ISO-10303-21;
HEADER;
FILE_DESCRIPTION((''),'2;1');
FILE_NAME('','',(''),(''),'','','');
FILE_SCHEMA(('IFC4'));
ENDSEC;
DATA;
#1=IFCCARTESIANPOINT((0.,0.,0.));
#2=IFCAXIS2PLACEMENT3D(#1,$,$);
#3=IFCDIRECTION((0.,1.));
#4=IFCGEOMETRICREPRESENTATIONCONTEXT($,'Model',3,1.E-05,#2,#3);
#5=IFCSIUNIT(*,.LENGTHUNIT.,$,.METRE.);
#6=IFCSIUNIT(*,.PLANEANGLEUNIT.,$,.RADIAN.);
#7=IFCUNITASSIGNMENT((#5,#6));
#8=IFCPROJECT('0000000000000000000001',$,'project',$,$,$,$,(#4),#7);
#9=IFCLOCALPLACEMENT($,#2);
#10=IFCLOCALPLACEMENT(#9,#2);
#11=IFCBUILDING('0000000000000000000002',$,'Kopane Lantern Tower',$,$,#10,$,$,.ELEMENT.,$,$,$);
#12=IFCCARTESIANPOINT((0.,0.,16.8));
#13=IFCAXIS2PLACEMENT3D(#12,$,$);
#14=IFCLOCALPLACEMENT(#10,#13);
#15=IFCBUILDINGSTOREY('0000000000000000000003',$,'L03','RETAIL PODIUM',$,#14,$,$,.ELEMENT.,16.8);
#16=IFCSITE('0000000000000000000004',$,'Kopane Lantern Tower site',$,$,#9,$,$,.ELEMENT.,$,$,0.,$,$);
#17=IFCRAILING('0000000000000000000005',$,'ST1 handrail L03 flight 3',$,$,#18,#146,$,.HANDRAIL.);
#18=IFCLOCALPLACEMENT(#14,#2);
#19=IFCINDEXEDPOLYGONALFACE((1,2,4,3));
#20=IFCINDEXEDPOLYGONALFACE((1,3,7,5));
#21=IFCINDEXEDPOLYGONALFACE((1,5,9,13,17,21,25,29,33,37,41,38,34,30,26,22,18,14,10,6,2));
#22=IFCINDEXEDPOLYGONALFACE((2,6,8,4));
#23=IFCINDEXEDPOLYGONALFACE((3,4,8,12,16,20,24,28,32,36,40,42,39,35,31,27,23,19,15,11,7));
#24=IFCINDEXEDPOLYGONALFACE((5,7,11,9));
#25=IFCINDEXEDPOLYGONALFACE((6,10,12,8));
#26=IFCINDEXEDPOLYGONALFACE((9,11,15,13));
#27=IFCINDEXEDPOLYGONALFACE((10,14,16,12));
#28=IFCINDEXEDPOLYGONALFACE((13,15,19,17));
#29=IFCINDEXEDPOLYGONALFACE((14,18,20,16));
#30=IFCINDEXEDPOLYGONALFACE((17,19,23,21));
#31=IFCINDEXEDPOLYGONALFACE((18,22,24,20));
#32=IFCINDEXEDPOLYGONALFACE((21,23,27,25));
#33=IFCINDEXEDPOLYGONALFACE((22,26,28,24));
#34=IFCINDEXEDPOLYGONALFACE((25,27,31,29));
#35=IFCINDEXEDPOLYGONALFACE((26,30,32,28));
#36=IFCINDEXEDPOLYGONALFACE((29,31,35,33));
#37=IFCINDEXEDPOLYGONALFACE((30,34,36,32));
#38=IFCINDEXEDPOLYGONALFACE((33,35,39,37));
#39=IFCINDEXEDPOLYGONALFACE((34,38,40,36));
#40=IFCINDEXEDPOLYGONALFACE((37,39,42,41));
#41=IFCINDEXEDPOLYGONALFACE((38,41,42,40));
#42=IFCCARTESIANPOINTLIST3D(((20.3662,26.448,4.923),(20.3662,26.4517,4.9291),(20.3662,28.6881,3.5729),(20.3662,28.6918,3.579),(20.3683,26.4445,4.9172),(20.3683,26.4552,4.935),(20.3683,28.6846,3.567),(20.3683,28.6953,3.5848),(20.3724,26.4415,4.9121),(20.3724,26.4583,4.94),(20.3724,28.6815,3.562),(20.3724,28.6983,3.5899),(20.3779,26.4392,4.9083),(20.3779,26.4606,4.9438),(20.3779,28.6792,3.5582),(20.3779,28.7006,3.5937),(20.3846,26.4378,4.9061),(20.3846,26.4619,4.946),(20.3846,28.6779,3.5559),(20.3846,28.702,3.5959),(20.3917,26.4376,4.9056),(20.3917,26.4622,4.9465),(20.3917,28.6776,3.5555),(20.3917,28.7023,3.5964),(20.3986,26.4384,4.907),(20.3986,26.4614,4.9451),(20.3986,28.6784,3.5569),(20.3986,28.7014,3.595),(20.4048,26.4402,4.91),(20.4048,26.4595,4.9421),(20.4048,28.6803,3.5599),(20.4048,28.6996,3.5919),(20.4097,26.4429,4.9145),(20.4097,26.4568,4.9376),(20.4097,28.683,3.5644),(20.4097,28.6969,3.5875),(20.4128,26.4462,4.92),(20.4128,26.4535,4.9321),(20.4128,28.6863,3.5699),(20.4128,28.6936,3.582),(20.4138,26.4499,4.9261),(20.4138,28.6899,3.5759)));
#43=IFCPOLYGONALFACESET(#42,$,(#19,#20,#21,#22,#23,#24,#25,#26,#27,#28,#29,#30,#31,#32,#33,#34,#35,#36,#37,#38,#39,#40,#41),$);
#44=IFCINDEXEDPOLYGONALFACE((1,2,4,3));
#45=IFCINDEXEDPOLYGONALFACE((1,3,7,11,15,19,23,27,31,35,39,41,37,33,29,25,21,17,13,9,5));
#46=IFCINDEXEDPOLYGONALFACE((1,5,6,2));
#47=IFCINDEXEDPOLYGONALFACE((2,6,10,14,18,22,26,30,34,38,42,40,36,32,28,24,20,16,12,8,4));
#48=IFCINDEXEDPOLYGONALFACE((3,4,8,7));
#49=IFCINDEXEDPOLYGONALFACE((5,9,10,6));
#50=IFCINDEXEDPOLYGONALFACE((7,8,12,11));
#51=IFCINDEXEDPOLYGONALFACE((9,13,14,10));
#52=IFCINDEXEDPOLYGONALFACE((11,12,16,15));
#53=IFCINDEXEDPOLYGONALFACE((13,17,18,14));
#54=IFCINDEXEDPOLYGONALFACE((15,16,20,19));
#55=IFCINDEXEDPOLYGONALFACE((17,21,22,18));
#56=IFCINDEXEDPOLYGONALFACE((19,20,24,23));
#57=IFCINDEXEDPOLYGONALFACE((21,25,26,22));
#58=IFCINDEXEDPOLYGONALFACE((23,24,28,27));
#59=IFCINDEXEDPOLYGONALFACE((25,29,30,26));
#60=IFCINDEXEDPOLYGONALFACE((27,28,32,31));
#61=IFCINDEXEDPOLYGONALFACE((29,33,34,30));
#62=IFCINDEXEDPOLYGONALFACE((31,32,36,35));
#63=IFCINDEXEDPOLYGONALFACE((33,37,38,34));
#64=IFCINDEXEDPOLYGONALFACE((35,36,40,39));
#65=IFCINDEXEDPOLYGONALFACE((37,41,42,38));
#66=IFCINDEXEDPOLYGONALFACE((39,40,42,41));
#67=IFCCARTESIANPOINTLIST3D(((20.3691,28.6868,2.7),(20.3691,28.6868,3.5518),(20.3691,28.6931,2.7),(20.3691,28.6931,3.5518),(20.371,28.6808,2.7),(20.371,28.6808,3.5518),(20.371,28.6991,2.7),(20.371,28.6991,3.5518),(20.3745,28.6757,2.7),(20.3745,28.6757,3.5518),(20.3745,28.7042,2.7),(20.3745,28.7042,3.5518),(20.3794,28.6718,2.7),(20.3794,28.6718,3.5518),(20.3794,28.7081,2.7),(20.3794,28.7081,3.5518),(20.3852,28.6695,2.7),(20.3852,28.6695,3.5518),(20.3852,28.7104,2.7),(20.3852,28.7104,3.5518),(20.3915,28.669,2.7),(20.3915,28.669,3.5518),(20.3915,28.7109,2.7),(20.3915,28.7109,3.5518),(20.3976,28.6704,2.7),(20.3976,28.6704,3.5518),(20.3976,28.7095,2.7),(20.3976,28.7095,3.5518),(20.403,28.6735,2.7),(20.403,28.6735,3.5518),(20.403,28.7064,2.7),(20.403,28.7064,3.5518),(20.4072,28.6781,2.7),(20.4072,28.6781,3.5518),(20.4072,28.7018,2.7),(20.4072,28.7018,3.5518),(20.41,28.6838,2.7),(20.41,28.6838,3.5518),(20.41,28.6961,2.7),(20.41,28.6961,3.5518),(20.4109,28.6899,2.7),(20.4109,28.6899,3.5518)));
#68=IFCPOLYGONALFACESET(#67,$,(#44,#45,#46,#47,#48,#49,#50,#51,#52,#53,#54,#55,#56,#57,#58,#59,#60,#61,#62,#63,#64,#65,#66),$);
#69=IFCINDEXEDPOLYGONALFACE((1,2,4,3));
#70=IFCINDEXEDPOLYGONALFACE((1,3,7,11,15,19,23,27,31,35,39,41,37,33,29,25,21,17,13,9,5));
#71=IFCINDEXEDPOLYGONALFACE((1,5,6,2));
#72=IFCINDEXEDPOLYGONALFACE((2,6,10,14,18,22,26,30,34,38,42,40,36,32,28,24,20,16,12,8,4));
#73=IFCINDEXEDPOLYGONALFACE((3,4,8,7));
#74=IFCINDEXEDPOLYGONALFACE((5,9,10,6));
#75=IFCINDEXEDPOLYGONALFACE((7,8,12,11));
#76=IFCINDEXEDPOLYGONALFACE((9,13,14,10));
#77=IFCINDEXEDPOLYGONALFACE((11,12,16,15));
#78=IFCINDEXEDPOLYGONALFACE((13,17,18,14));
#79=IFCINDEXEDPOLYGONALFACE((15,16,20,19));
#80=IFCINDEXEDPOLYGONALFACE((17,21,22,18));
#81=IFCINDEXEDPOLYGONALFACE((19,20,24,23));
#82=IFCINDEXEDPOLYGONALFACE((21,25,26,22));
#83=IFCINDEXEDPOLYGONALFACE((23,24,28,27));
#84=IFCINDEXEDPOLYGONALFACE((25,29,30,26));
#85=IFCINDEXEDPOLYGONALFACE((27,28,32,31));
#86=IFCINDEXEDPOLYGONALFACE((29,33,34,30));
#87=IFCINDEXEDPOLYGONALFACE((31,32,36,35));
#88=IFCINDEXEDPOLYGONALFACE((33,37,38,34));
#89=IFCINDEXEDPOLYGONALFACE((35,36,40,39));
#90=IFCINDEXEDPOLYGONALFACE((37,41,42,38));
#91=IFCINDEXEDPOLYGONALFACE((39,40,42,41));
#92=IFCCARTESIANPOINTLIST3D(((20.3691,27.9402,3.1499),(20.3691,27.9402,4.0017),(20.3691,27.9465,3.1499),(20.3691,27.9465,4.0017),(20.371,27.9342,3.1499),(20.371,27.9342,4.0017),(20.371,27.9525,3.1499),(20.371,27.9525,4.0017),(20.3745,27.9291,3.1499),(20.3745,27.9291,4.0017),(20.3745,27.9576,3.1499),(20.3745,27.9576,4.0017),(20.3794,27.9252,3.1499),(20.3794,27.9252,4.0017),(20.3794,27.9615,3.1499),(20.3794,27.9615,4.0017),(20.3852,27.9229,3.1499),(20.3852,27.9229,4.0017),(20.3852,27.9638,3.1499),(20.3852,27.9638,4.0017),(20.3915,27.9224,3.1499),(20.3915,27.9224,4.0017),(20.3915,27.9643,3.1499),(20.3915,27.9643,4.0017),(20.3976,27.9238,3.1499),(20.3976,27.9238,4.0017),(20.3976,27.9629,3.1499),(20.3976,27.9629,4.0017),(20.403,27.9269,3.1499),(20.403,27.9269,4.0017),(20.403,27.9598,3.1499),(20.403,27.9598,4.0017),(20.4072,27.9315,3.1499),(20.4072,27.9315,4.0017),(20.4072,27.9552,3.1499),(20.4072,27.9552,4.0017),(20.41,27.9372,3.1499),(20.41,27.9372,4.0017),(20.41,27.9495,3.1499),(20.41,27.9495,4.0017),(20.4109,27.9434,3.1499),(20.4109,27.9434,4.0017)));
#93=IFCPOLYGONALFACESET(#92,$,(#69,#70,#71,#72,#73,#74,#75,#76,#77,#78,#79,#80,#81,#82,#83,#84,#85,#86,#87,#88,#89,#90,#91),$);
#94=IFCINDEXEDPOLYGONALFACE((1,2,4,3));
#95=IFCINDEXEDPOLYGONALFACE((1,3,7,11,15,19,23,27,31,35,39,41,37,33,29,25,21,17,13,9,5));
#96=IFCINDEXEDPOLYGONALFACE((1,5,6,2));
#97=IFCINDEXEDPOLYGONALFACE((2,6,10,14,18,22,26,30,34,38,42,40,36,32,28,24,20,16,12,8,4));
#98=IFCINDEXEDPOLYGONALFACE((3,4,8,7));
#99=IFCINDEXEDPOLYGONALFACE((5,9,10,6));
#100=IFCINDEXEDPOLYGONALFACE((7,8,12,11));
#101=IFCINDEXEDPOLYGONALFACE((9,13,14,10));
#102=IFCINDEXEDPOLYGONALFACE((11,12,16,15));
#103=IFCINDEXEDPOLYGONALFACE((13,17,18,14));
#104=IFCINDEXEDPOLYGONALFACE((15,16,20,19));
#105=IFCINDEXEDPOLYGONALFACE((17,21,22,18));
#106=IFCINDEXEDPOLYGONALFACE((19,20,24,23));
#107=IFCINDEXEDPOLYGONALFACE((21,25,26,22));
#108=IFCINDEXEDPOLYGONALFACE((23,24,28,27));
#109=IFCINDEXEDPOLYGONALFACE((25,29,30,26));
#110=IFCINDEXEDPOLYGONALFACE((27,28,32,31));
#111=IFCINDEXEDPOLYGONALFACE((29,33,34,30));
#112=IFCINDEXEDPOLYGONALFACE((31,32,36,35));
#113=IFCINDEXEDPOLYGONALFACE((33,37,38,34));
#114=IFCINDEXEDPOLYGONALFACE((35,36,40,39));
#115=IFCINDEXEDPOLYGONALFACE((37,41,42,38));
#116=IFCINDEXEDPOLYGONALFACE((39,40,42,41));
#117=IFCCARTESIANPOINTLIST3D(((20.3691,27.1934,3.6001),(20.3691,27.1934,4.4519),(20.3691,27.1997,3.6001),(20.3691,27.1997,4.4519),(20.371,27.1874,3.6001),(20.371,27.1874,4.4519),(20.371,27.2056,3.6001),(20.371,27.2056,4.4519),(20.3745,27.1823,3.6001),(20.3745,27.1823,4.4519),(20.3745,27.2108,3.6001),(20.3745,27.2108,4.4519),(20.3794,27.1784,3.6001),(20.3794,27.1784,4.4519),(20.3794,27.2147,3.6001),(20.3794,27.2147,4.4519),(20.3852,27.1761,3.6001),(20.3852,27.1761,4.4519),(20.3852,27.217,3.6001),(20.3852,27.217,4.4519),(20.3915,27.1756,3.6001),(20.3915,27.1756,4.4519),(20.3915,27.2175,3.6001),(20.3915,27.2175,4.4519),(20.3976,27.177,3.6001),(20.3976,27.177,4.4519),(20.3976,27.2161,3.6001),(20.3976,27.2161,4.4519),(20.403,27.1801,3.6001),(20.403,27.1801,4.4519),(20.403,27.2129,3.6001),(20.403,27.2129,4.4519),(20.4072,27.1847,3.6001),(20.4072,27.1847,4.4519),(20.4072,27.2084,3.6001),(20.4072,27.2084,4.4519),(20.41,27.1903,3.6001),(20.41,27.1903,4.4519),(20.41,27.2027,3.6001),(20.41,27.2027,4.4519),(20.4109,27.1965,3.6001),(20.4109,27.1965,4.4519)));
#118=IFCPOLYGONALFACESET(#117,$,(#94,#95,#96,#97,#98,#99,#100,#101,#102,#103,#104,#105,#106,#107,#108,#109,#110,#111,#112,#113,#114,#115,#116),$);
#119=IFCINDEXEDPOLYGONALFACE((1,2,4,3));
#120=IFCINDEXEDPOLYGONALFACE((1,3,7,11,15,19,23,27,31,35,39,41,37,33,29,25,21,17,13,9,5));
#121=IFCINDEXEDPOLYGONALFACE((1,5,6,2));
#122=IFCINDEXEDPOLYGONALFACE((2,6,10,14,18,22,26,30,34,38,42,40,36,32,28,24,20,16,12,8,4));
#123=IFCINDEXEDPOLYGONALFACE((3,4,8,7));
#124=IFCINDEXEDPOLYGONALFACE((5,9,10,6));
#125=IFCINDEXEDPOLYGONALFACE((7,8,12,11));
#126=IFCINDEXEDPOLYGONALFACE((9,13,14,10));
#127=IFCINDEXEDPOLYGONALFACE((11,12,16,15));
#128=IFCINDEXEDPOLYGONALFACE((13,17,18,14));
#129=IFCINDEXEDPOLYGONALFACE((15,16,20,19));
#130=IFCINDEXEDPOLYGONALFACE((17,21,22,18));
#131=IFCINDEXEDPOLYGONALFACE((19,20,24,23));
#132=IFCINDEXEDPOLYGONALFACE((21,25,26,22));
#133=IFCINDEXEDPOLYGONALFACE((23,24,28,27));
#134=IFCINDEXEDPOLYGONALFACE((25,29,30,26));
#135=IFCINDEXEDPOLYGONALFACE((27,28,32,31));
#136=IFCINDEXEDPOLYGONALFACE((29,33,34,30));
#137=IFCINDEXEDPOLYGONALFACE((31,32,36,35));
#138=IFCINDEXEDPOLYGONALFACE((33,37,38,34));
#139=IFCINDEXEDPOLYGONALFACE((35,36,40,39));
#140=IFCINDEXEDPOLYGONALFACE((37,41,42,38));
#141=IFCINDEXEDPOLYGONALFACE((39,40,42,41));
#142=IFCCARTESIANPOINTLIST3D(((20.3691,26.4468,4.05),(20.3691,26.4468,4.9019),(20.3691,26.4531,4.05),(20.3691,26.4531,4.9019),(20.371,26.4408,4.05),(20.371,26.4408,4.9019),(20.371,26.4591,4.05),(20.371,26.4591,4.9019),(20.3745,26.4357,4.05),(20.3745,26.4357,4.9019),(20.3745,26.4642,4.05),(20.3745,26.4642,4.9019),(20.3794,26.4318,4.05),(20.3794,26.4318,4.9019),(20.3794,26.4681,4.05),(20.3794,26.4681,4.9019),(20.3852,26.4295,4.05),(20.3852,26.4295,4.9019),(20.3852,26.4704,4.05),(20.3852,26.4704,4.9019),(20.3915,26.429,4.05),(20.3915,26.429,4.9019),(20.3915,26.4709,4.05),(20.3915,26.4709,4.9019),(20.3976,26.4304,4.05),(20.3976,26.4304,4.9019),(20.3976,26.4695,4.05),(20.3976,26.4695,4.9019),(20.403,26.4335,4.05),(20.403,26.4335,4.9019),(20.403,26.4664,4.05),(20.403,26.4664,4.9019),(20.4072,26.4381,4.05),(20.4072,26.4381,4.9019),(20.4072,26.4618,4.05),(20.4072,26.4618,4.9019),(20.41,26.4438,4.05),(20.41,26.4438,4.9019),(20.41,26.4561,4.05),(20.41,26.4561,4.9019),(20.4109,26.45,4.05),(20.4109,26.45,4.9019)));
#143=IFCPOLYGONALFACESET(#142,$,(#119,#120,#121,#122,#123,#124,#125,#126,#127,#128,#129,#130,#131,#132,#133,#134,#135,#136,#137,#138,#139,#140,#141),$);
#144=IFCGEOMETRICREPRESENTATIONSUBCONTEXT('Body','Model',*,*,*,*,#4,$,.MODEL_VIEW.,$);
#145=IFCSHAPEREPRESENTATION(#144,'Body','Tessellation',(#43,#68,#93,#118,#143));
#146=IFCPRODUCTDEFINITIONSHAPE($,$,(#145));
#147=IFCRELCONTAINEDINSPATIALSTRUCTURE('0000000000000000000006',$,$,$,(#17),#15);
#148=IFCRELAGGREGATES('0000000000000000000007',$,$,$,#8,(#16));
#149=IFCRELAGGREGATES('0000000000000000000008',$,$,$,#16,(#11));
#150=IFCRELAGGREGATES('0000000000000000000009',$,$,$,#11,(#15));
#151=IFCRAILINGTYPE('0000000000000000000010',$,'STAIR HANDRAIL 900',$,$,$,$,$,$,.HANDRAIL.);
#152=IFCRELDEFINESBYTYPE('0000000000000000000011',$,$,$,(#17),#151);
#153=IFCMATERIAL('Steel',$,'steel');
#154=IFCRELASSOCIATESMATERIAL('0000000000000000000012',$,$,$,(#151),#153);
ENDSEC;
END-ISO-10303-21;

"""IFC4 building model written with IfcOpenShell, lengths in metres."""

from ifc_helpers import new_model, si_unit, direction, frame, origin, origin_2d, place, context, subcontext, project, spatial, circle, extrude, material, type_object, element, save


model = new_model("IFC4")

# Units and contexts
model_context = context("Model", 3, precision=1e-05, world=origin(), true_north=direction((0.0, 1.0)))
body_context = subcontext(model_context, "Body", "Model", "MODEL_VIEW")
ifc_project = project(units=[si_unit("LENGTHUNIT", "METRE"), si_unit("PLANEANGLEUNIT", "RADIAN")], contexts=[model_context])

# Site, building, storey
site_placement = place(None, origin())
site = spatial("IfcSite", under=ifc_project, at=site_placement, Name="Kopane Lantern Tower site", CompositionType="ELEMENT", RefElevation=0.0)
building_placement = place(site_placement, origin())
building = spatial("IfcBuilding", under=site, at=building_placement, Name="Kopane Lantern Tower", CompositionType="ELEMENT")
storey_placement = place(building_placement, frame((0.0, 0.0, 16.8)))
storey = spatial("IfcBuildingStorey", under=building, at=storey_placement, Name="L03", Description="RETAIL PODIUM", CompositionType="ELEMENT", Elevation=16.8)

# Railing
ifc_material_1 = material(Name="Steel", Category="steel")
railing_type_1 = type_object("IfcRailingType", Name="STAIR HANDRAIL 900", PredefinedType="HANDRAIL", material=ifc_material_1)
for number, where, name in (
    (1, (20.3899, 28.6899, 2.7), "ST1 handrail L03 flight 3"),
):
    element("IfcRailing", number, at=place(storey_placement, frame(where)), inside=storey, type_object=railing_type_1, Name=name, PredefinedType="HANDRAIL", context=body_context, shape_type="SweptSolid", body=[
        extrude(circle(Radius=0.0239, at=origin_2d()), frame((0.0, 0.0, 0.876), z_axis=(0.0, -0.856462, 0.516211), x_axis=(1.0, 0.0, 0.0)), (0.0, 0.0, 1.0), 2.6155),
        extrude(circle(Radius=0.021, at=origin_2d()), origin(), (0.0, 0.0, 1.0), 0.8518),
        extrude(circle(Radius=0.021, at=origin_2d()), frame((0.0, -0.7466, 0.45)), (0.0, 0.0, 1.0), 0.8518),
        extrude(circle(Radius=0.021, at=origin_2d()), frame((0.0, -1.4934, 0.9001)), (0.0, 0.0, 1.0), 0.8518),
        extrude(circle(Radius=0.021, at=origin_2d()), frame((0.0, -2.24, 1.3501)), (0.0, 0.0, 1.0), 0.8518),
    ])

save(model, "model.ifc")
